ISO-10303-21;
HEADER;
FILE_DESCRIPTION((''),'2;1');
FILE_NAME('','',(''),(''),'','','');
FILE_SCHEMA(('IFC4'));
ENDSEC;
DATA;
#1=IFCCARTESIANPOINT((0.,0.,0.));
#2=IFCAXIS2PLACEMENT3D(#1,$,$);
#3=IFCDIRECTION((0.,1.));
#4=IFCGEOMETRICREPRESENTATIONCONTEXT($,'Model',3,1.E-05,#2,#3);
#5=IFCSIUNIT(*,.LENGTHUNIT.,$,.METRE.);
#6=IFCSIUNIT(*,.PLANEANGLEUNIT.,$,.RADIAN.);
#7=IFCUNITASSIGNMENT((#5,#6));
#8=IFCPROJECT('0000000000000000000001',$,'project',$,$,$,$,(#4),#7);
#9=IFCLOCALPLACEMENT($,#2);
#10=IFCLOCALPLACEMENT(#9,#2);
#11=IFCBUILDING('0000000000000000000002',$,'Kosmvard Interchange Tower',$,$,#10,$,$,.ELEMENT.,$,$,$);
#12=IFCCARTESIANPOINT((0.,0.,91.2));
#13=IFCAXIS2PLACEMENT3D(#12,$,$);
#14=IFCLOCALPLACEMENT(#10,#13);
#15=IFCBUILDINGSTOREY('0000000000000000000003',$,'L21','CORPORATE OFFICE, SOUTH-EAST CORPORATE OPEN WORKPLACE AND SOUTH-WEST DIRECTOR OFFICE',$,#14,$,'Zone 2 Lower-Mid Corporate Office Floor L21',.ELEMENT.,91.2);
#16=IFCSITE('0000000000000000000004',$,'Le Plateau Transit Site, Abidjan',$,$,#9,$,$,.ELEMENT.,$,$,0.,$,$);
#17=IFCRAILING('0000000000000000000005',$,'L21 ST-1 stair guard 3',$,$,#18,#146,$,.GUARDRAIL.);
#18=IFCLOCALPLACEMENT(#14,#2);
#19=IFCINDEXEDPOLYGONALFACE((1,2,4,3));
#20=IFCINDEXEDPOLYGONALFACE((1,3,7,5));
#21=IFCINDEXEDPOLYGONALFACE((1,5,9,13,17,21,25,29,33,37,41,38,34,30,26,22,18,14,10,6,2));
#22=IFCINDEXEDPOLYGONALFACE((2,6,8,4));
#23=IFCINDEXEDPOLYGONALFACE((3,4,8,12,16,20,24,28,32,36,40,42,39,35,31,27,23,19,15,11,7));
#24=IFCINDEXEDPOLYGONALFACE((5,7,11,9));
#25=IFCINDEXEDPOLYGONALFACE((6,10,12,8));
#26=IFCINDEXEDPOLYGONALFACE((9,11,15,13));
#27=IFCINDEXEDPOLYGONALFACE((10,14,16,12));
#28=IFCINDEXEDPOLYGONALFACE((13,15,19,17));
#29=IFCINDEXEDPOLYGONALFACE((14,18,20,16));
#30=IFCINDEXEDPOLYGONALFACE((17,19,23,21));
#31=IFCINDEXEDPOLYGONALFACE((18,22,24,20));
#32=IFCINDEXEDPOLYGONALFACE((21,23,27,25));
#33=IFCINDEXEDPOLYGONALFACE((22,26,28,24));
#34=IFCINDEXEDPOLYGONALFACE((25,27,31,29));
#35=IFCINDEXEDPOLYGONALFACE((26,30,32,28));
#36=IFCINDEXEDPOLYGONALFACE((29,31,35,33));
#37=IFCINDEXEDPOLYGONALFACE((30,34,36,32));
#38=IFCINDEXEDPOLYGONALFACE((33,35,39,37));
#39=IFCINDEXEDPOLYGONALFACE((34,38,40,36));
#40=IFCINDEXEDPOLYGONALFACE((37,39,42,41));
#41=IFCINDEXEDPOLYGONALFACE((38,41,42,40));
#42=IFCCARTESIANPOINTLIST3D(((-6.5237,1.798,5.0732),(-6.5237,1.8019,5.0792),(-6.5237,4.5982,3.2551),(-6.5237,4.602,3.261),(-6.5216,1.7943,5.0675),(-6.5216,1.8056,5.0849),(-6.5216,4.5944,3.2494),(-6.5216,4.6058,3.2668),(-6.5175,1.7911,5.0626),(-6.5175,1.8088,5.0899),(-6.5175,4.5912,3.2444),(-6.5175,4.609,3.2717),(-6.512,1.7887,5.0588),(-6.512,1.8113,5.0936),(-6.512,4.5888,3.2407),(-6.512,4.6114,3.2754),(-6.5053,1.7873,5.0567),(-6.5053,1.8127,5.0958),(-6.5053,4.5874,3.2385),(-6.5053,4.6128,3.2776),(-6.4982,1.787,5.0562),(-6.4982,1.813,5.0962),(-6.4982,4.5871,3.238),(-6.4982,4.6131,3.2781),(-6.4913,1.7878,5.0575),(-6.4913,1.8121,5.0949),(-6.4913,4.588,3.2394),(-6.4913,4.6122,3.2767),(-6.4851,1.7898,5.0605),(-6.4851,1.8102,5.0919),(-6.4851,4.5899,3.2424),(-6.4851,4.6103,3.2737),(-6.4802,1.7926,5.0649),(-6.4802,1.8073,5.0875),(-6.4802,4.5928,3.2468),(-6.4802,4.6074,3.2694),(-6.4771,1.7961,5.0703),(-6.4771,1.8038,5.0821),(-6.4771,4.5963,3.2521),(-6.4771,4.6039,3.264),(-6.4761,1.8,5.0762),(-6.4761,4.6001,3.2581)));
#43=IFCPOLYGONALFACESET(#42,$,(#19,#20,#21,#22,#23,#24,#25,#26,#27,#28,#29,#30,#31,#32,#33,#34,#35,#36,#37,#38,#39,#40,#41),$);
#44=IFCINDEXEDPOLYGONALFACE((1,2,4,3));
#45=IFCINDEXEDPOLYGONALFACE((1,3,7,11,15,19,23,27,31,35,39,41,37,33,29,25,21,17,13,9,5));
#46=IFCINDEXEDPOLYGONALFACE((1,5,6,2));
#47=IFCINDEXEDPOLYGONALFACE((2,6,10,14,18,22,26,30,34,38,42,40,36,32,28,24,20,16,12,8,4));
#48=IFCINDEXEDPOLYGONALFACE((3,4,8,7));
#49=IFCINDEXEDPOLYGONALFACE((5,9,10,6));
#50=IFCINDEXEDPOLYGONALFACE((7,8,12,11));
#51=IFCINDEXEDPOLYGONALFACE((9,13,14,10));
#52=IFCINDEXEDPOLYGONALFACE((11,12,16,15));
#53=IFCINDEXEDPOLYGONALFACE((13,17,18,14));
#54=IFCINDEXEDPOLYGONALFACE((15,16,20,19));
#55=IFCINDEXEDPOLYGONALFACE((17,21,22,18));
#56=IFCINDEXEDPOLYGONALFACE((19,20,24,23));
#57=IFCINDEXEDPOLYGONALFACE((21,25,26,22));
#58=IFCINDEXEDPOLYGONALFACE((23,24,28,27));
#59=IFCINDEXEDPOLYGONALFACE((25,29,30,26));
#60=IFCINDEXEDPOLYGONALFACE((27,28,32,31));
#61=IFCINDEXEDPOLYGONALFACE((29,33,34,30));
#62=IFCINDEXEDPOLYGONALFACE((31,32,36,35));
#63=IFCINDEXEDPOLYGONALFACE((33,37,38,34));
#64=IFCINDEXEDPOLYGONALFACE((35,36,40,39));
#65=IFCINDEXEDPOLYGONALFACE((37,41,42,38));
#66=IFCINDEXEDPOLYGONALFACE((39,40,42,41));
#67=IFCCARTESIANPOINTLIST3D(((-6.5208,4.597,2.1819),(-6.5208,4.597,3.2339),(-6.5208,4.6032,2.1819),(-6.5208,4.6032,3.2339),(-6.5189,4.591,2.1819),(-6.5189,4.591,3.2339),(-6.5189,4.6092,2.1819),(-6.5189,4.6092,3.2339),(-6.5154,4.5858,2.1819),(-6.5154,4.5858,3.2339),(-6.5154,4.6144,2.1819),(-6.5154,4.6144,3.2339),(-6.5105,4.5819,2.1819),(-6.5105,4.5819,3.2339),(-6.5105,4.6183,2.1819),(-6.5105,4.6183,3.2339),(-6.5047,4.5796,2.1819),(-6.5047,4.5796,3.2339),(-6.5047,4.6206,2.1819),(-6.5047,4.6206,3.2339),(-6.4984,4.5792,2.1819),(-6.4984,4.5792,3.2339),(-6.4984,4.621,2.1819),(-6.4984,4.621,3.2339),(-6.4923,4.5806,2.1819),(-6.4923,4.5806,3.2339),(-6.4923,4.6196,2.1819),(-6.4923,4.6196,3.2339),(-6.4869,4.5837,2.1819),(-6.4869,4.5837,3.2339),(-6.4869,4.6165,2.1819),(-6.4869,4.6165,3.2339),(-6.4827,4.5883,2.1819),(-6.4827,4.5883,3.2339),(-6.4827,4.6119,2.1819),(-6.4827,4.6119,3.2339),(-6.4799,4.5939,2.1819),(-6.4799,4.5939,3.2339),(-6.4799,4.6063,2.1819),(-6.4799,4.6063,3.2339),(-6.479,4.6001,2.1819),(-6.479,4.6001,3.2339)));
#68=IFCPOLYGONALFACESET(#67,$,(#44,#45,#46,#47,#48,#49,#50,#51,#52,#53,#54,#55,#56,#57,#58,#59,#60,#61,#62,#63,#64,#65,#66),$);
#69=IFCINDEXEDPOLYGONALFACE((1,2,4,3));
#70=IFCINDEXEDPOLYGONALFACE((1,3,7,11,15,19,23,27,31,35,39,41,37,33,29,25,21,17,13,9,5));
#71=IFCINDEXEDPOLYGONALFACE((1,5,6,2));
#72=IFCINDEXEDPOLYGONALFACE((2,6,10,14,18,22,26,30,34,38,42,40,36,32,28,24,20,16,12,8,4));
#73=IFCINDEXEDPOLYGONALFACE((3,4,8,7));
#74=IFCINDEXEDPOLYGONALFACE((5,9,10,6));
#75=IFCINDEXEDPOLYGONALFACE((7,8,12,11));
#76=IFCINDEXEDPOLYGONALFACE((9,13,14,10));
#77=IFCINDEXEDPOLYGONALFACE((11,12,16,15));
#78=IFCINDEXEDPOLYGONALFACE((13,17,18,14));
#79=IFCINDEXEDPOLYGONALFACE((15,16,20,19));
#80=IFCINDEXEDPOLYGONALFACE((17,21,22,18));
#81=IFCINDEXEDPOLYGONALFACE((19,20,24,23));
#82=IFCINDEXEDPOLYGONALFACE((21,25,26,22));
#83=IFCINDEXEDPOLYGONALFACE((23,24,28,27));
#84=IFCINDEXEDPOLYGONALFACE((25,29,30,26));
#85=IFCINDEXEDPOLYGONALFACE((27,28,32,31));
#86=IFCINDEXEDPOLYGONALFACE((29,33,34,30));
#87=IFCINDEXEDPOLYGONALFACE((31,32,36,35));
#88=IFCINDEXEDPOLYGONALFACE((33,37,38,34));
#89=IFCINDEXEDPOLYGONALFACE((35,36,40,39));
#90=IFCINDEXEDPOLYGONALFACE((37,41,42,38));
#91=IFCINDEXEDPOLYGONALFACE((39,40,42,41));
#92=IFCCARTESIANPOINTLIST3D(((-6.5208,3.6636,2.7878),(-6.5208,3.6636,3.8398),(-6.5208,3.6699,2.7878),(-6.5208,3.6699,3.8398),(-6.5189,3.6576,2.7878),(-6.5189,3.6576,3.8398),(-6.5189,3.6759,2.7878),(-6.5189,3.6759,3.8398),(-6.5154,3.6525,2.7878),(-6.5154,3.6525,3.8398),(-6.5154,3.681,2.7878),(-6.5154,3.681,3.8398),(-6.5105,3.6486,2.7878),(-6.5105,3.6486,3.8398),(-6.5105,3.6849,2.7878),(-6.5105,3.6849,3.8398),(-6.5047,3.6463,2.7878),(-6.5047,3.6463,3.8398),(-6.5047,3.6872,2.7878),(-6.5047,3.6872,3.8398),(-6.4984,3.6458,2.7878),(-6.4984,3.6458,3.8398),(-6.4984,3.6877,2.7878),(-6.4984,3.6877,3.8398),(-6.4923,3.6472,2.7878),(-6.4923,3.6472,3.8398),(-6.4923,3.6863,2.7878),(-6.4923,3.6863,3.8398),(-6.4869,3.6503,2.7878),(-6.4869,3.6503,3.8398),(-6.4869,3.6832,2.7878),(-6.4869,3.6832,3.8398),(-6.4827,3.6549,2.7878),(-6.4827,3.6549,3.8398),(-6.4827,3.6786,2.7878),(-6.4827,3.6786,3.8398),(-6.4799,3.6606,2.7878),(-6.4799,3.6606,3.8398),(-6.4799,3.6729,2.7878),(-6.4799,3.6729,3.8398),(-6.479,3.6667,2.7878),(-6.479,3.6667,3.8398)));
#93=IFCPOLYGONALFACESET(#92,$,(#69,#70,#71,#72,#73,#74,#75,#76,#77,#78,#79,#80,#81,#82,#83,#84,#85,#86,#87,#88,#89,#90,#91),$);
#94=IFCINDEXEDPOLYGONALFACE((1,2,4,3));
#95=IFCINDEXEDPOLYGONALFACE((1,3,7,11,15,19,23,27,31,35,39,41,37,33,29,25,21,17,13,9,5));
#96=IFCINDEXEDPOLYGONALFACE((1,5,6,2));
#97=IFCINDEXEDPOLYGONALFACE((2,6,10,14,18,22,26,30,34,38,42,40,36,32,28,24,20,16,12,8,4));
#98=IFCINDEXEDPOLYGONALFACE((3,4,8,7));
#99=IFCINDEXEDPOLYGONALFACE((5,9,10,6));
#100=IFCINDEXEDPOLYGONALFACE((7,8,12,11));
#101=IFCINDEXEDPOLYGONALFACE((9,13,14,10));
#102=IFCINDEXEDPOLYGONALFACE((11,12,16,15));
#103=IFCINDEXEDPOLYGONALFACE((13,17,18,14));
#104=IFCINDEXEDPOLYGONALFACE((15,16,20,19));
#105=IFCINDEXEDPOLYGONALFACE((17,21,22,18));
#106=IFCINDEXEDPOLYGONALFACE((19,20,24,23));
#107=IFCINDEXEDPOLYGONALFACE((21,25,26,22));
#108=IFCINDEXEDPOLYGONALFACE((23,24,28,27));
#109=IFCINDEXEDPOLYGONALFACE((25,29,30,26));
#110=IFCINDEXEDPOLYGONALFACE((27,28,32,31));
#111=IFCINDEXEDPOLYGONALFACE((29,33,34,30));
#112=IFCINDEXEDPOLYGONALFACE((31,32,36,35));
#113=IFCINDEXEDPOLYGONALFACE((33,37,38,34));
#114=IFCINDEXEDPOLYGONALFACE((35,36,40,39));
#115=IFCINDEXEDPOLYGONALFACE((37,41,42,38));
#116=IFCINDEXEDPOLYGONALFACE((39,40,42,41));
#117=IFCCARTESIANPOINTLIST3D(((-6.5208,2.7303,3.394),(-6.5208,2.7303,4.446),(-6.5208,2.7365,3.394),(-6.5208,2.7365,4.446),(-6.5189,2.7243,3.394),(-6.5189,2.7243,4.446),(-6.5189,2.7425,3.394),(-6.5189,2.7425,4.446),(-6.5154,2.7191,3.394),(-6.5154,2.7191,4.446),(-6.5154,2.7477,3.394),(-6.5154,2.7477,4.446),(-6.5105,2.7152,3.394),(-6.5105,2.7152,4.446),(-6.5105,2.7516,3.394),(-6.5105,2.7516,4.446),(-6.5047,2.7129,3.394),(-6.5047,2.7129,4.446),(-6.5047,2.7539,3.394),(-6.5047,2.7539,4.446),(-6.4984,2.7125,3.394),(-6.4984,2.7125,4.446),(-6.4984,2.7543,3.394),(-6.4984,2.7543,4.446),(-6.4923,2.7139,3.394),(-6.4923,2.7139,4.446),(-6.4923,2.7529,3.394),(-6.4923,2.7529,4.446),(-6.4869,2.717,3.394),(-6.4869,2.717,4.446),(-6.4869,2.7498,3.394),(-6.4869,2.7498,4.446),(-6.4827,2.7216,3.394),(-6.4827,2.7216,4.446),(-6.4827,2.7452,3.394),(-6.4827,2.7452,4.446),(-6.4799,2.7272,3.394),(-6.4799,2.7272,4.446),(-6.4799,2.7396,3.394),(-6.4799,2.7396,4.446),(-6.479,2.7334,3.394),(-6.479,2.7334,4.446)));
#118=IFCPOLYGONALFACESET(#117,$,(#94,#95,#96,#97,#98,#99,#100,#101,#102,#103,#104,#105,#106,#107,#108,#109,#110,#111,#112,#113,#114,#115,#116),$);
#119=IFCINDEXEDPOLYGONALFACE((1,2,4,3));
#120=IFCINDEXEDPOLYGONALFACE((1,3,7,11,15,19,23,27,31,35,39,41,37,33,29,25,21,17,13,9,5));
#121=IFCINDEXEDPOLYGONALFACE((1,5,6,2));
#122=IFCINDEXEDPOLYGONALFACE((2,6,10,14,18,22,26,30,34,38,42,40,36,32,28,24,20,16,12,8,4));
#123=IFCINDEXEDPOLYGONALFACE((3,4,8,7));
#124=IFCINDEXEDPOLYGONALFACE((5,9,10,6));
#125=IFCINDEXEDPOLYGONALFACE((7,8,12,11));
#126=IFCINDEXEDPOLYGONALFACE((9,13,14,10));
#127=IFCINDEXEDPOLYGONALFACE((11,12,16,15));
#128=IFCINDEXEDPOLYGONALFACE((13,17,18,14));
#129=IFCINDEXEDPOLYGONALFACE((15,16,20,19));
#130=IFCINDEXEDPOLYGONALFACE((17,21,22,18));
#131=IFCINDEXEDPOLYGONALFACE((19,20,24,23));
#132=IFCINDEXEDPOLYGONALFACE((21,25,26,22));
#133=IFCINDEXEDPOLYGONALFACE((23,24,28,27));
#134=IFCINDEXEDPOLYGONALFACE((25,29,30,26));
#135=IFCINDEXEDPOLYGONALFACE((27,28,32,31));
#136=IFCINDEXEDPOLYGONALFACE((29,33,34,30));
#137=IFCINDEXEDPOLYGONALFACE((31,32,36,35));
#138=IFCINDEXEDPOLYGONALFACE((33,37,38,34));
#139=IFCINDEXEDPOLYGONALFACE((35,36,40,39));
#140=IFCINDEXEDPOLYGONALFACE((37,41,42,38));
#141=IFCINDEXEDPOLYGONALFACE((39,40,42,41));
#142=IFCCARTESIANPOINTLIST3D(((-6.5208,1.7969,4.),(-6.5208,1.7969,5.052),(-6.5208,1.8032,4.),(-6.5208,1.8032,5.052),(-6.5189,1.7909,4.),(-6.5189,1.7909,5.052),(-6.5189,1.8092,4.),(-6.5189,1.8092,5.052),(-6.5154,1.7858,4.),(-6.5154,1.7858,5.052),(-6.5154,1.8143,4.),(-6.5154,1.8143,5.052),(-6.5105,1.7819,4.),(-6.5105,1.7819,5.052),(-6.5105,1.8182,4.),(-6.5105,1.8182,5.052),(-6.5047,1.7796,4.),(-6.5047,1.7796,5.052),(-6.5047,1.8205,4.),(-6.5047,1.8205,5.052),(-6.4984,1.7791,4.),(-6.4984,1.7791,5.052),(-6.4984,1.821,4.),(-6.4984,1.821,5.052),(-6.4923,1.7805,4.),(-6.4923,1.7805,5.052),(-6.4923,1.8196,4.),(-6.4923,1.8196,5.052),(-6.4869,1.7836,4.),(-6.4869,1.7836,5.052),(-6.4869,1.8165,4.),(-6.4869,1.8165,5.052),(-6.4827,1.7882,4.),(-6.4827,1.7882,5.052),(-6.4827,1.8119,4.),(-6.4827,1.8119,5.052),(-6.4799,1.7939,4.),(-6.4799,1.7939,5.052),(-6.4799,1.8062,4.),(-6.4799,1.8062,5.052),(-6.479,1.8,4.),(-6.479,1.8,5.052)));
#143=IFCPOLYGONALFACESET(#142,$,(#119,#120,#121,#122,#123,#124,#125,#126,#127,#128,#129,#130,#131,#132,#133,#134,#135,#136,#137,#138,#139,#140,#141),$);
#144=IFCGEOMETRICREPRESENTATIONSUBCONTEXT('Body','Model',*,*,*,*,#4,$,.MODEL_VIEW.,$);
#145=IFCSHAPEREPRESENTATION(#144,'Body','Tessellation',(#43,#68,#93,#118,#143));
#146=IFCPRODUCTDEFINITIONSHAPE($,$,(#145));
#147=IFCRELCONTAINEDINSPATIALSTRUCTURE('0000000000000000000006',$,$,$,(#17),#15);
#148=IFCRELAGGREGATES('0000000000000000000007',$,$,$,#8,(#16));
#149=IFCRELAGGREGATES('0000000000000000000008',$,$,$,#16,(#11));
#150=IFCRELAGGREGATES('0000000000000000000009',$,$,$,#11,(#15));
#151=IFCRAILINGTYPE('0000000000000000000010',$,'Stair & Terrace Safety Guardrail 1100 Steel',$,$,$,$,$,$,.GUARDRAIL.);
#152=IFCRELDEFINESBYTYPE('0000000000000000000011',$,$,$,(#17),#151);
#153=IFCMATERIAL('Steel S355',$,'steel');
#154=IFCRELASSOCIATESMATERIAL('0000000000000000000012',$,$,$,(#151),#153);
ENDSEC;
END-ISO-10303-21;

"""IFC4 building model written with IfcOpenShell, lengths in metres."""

from ifc_helpers import new_model, si_unit, direction, frame, origin, origin_2d, place, context, subcontext, project, spatial, circle, extrude, source, transform, mapped, material, type_object, element, save


model = new_model("IFC4")

# Units and contexts
model_context = context("Model", 3, precision=1e-05, world=origin(), true_north=direction((0.0, 1.0)))
body_context = subcontext(model_context, "Body", "Model", "MODEL_VIEW")
ifc_project = project(units=[si_unit("LENGTHUNIT", "METRE"), si_unit("PLANEANGLEUNIT", "RADIAN")], contexts=[model_context])

# Site, building, storey
site_placement = place(None, origin())
site = spatial("IfcSite", under=ifc_project, at=site_placement, Name="Le Plateau Transit Site, Abidjan", CompositionType="ELEMENT", RefElevation=0.0)
building_placement = place(site_placement, origin())
building = spatial("IfcBuilding", under=site, at=building_placement, Name="Kosmvard Interchange Tower", CompositionType="ELEMENT")
storey_placement = place(building_placement, frame((0.0, 0.0, 91.2)))
storey = spatial("IfcBuildingStorey", under=building, at=storey_placement, Name="L21", Description="CORPORATE OFFICE, SOUTH-EAST CORPORATE OPEN WORKPLACE AND SOUTH-WEST DIRECTOR OFFICE", LongName="Zone 2 Lower-Mid Corporate Office Floor L21", CompositionType="ELEMENT", Elevation=91.2)

# Shared definitions
ifc_material_1 = material(Name="Steel S355", Category="steel")

# Railing
railing_type_1 = type_object("IfcRailingType", Name="Stair & Terrace Safety Guardrail 1100 Steel", PredefinedType="GUARDRAIL", material=ifc_material_1)
shared_shape_1 = source(origin(), body_context, "Body", "SweptSolid", [
    extrude(circle(Radius=0.0239, at=origin_2d()), frame((0.0, 0.0, 1.0762), z_axis=(0.0, -0.838706, 0.544585), x_axis=(1.0, 0.0, 0.0)), (0.0, 0.0, 1.0), 3.3386),
    extrude(circle(Radius=0.021, at=origin_2d()), origin(), (0.0, 0.0, 1.0), 1.052),
    extrude(circle(Radius=0.021, at=origin_2d()), frame((0.0, -0.9333, 0.606)), (0.0, 0.0, 1.0), 1.052),
    extrude(circle(Radius=0.021, at=origin_2d()), frame((0.0, -1.8667, 1.2122)), (0.0, 0.0, 1.0), 1.052),
    extrude(circle(Radius=0.021, at=origin_2d()), frame((0.0, -2.8, 1.8181)), (0.0, 0.0, 1.0), 1.052),
])
railing_1_placement = place(storey_placement, frame((-6.5, 4.6001, 2.1819)))
element("IfcRailing", 1, at=railing_1_placement, inside=storey, type_object=railing_type_1, Name="L21 ST-1 stair guard 3", PredefinedType="GUARDRAIL", context=body_context, shape_type="MappedRepresentation", body=[
    mapped(shared_shape_1, transform((0.0, 0.0, 0.0), scale=1.0)),
])

save(model, "model.ifc")
